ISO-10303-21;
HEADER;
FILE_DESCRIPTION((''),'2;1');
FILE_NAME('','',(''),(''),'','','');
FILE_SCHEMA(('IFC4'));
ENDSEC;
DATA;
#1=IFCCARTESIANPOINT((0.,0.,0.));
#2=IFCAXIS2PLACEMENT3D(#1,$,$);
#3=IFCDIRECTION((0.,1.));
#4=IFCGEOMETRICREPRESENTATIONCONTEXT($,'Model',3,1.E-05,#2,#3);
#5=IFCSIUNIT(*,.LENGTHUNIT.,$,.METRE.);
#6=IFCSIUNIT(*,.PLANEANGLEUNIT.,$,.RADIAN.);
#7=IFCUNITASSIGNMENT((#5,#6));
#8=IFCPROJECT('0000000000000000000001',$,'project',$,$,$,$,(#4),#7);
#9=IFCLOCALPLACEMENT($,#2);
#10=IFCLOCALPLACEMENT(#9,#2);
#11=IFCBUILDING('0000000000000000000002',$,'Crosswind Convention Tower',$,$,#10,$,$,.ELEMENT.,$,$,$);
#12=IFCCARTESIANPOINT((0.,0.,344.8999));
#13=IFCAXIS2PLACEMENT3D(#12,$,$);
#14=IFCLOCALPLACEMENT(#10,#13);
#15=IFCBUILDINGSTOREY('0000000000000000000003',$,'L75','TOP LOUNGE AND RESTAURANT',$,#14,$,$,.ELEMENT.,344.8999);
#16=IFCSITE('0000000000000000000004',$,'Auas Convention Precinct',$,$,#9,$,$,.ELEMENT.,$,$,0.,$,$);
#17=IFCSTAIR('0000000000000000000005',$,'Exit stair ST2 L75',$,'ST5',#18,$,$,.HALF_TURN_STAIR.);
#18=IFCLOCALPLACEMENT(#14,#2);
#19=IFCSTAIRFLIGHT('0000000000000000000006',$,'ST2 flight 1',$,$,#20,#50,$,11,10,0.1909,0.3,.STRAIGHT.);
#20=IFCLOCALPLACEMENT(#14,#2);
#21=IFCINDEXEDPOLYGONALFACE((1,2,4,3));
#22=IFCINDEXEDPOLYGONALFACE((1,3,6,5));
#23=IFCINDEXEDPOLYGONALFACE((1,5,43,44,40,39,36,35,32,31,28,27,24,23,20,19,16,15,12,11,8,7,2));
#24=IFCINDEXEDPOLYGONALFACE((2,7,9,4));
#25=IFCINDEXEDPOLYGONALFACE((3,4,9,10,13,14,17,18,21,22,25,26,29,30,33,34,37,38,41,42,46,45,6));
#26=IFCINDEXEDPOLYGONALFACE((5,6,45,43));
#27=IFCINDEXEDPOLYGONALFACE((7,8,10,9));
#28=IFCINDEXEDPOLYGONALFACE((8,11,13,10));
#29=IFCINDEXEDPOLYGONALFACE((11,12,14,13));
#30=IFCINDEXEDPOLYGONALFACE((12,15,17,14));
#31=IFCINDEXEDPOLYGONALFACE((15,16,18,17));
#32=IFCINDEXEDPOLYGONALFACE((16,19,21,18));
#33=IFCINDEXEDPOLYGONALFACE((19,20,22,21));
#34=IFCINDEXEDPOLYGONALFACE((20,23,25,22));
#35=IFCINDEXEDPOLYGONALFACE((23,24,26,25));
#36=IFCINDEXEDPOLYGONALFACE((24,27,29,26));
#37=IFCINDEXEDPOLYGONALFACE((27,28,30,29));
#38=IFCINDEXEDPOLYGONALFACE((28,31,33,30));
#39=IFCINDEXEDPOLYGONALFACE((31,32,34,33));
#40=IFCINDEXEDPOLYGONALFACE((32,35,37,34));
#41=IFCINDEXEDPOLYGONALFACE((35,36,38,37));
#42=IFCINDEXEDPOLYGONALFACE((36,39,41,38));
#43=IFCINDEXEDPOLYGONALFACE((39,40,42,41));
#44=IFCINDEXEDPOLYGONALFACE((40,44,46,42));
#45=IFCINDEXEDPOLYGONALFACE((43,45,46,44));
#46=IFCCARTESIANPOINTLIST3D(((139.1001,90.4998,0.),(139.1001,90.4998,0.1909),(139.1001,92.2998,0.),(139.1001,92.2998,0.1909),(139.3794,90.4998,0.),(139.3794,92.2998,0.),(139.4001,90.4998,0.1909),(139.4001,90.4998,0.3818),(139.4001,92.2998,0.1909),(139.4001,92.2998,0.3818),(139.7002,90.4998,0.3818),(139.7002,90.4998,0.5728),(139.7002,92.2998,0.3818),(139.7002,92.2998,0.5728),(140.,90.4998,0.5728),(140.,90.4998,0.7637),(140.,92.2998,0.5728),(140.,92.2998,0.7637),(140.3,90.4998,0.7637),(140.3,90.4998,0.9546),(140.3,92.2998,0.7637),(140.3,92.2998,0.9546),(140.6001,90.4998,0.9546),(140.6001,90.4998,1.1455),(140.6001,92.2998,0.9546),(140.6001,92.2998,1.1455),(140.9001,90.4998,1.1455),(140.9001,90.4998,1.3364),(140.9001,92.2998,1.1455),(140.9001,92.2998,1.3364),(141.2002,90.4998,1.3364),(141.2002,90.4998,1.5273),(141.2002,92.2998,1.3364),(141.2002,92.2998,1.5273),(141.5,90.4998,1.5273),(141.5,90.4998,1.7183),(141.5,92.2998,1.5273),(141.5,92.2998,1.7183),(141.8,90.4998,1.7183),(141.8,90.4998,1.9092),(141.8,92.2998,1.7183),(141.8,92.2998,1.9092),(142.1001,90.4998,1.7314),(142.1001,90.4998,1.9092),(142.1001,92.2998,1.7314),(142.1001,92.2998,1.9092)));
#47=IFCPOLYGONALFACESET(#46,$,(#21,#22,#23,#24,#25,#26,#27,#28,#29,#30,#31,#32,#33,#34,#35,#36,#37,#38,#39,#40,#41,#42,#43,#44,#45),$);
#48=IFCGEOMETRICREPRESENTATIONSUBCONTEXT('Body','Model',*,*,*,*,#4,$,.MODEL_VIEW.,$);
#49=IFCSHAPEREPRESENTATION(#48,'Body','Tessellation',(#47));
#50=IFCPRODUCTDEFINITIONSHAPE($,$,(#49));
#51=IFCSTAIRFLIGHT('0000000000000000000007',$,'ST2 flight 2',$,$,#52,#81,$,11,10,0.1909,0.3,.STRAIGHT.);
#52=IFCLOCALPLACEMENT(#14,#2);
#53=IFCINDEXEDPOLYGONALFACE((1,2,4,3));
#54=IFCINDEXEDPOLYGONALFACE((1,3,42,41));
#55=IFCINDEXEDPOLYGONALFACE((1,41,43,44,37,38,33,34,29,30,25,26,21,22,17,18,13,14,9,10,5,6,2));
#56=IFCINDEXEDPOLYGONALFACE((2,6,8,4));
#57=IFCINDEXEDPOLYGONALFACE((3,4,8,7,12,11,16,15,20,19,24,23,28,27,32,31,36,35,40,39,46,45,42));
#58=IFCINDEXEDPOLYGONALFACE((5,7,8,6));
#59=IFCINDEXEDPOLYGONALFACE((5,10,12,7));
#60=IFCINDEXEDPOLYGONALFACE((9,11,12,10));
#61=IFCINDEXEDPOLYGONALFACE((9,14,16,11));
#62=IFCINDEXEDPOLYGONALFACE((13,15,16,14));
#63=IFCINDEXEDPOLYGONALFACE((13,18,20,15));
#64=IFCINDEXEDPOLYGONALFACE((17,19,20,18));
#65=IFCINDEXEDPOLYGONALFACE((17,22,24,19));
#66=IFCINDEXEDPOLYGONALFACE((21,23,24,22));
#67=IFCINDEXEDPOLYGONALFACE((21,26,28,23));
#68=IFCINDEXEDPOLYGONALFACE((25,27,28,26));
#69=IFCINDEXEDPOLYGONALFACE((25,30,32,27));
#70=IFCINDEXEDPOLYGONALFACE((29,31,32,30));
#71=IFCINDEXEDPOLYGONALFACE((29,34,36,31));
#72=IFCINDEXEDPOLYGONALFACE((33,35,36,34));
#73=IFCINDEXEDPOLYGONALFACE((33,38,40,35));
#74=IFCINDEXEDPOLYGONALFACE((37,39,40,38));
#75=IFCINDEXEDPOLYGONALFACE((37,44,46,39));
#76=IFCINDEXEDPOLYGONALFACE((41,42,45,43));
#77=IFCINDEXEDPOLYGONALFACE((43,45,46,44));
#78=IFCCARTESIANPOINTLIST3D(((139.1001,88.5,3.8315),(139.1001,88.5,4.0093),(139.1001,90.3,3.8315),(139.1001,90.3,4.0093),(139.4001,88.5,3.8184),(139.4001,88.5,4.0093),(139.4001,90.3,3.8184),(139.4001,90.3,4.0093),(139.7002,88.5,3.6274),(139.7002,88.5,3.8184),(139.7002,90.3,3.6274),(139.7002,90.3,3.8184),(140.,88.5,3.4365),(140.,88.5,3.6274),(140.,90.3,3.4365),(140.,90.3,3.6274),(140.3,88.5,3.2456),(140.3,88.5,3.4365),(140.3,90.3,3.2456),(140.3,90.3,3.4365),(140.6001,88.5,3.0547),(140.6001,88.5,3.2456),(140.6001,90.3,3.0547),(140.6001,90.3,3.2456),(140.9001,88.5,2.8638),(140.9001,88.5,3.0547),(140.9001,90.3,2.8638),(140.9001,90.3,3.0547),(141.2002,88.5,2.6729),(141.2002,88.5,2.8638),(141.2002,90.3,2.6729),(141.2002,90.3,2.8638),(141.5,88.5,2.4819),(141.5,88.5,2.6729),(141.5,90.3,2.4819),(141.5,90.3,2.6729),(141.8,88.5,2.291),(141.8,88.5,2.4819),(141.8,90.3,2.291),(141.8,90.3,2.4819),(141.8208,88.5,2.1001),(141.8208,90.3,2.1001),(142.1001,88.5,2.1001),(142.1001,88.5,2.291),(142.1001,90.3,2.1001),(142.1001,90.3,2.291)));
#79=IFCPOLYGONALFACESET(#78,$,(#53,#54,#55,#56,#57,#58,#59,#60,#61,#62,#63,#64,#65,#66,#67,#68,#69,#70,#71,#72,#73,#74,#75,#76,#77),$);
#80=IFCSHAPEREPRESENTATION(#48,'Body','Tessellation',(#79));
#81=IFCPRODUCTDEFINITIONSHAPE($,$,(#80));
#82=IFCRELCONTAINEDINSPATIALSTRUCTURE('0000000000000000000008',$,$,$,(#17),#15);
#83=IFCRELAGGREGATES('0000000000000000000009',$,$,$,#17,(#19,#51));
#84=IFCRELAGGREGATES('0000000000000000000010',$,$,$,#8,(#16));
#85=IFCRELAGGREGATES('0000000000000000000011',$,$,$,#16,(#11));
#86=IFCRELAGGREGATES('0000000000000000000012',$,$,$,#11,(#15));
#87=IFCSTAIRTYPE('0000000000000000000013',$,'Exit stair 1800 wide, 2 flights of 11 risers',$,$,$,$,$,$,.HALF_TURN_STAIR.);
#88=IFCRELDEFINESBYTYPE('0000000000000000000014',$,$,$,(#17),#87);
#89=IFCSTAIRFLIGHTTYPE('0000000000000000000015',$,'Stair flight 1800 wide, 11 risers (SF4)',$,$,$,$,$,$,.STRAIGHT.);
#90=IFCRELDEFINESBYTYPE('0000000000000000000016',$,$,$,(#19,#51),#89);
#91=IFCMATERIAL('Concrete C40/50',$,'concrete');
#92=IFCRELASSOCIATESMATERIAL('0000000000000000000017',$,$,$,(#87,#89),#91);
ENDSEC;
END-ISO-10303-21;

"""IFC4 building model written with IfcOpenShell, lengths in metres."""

from ifc_helpers import new_model, si_unit, direction, frame, origin, place, context, subcontext, project, spatial, polyline, outline, extrude, material, type_object, element, aggregate, save


model = new_model("IFC4")

# Units and contexts
model_context = context("Model", 3, precision=1e-05, world=origin(), true_north=direction((0.0, 1.0)))
body_context = subcontext(model_context, "Body", "Model", "MODEL_VIEW")
ifc_project = project(units=[si_unit("LENGTHUNIT", "METRE"), si_unit("PLANEANGLEUNIT", "RADIAN")], contexts=[model_context])

# Site, building, storey
site_placement = place(None, origin())
site = spatial("IfcSite", under=ifc_project, at=site_placement, Name="Auas Convention Precinct", CompositionType="ELEMENT", RefElevation=0.0)
building_placement = place(site_placement, origin())
building = spatial("IfcBuilding", under=site, at=building_placement, Name="Crosswind Convention Tower", CompositionType="ELEMENT")
storey_placement = place(building_placement, frame((0.0, 0.0, 344.8999)))
storey = spatial("IfcBuildingStorey", under=building, at=storey_placement, Name="L75", Description="TOP LOUNGE AND RESTAURANT", CompositionType="ELEMENT", Elevation=344.8999)

# Stair, stair flights
ifc_material_1 = material(Name="Concrete C40/50", Category="concrete")
stair_type = type_object("IfcStairType", Name="Exit stair 1800 wide, 2 flights of 11 risers", PredefinedType="HALF_TURN_STAIR", material=ifc_material_1)
stair_placement = place(storey_placement, origin())
stair = element("IfcStair", 1, at=stair_placement, inside=storey, type_object=stair_type, Name="Exit stair ST2 L75", ObjectType="ST5", PredefinedType="HALF_TURN_STAIR")
stair_flight_type = type_object("IfcStairFlightType", Name="Stair flight 1800 wide, 11 risers (SF4)", PredefinedType="STRAIGHT", material=ifc_material_1)
stair_flight_1_placement = place(storey_placement, frame((139.1001, 91.3999, 0.0), z_axis=(0.0, 0.0, 1.0), x_axis=(1.0, 0.0, 0.0)))
stair_flight_1 = element("IfcStairFlight", 2, at=stair_flight_1_placement, type_object=stair_flight_type, Name="ST2 flight 1", NumberOfRisers=11, NumberOfTreads=10, PredefinedType="STRAIGHT", RiserHeight=0.1909, TreadLength=0.3, context=body_context, shape_type="SweptSolid", body=[
    extrude(outline(polyline([(0.0, 0.0), (0.0, 0.1909), (0.3, 0.1909), (0.3, 0.3818), (0.6001, 0.3818), (0.6001, 0.5728), (0.8999, 0.5728), (0.8999, 0.7637), (1.2, 0.7637), (1.2, 0.9546), (1.5, 0.9546), (1.5, 1.1455), (1.8, 1.1455), (1.8, 1.3364), (2.1001, 1.3364), (2.1001, 1.5273), (2.3999, 1.5273), (2.3999, 1.7183), (2.7, 1.7183), (2.7, 1.9092), (3.0, 1.9092), (3.0, 2.1001), (3.0, 1.7314), (0.2793, 0.0), (0.0, 0.0)])), frame((0.0, 0.8999, 0.0), z_axis=(0.0, -1.0, 0.0), x_axis=(1.0, 0.0, 0.0)), (0.0, 0.0, 1.0), 1.8),
])
stair_flight_2_placement = place(storey_placement, frame((142.1001, 89.3999, 2.1001), z_axis=(0.0, 0.0, 1.0), x_axis=(-1.0, 0.0, 0.0)))
stair_flight_2 = element("IfcStairFlight", 3, at=stair_flight_2_placement, type_object=stair_flight_type, Name="ST2 flight 2", NumberOfRisers=11, NumberOfTreads=10, PredefinedType="STRAIGHT", RiserHeight=0.1909, TreadLength=0.3, context=body_context, shape_type="SweptSolid", body=[
    extrude(outline(polyline([(0.0, 0.0), (0.0, 0.1909), (0.3, 0.1909), (0.3, 0.3818), (0.6001, 0.3818), (0.6001, 0.5728), (0.8999, 0.5728), (0.8999, 0.7637), (1.2, 0.7637), (1.2, 0.9546), (1.5, 0.9546), (1.5, 1.1455), (1.8, 1.1455), (1.8, 1.3364), (2.1001, 1.3364), (2.1001, 1.5273), (2.3999, 1.5273), (2.3999, 1.7183), (2.7, 1.7183), (2.7, 1.9092), (3.0, 1.9092), (3.0, 2.1001), (3.0, 1.7314), (0.2793, 0.0), (0.0, 0.0)])), frame((0.0, 0.8999, 0.0), z_axis=(0.0, -1.0, 0.0), x_axis=(1.0, 0.0, 0.0)), (0.0, 0.0, 1.0), 1.8),
])
aggregate(stair, [stair_flight_1, stair_flight_2])

save(model, "model.ifc")
